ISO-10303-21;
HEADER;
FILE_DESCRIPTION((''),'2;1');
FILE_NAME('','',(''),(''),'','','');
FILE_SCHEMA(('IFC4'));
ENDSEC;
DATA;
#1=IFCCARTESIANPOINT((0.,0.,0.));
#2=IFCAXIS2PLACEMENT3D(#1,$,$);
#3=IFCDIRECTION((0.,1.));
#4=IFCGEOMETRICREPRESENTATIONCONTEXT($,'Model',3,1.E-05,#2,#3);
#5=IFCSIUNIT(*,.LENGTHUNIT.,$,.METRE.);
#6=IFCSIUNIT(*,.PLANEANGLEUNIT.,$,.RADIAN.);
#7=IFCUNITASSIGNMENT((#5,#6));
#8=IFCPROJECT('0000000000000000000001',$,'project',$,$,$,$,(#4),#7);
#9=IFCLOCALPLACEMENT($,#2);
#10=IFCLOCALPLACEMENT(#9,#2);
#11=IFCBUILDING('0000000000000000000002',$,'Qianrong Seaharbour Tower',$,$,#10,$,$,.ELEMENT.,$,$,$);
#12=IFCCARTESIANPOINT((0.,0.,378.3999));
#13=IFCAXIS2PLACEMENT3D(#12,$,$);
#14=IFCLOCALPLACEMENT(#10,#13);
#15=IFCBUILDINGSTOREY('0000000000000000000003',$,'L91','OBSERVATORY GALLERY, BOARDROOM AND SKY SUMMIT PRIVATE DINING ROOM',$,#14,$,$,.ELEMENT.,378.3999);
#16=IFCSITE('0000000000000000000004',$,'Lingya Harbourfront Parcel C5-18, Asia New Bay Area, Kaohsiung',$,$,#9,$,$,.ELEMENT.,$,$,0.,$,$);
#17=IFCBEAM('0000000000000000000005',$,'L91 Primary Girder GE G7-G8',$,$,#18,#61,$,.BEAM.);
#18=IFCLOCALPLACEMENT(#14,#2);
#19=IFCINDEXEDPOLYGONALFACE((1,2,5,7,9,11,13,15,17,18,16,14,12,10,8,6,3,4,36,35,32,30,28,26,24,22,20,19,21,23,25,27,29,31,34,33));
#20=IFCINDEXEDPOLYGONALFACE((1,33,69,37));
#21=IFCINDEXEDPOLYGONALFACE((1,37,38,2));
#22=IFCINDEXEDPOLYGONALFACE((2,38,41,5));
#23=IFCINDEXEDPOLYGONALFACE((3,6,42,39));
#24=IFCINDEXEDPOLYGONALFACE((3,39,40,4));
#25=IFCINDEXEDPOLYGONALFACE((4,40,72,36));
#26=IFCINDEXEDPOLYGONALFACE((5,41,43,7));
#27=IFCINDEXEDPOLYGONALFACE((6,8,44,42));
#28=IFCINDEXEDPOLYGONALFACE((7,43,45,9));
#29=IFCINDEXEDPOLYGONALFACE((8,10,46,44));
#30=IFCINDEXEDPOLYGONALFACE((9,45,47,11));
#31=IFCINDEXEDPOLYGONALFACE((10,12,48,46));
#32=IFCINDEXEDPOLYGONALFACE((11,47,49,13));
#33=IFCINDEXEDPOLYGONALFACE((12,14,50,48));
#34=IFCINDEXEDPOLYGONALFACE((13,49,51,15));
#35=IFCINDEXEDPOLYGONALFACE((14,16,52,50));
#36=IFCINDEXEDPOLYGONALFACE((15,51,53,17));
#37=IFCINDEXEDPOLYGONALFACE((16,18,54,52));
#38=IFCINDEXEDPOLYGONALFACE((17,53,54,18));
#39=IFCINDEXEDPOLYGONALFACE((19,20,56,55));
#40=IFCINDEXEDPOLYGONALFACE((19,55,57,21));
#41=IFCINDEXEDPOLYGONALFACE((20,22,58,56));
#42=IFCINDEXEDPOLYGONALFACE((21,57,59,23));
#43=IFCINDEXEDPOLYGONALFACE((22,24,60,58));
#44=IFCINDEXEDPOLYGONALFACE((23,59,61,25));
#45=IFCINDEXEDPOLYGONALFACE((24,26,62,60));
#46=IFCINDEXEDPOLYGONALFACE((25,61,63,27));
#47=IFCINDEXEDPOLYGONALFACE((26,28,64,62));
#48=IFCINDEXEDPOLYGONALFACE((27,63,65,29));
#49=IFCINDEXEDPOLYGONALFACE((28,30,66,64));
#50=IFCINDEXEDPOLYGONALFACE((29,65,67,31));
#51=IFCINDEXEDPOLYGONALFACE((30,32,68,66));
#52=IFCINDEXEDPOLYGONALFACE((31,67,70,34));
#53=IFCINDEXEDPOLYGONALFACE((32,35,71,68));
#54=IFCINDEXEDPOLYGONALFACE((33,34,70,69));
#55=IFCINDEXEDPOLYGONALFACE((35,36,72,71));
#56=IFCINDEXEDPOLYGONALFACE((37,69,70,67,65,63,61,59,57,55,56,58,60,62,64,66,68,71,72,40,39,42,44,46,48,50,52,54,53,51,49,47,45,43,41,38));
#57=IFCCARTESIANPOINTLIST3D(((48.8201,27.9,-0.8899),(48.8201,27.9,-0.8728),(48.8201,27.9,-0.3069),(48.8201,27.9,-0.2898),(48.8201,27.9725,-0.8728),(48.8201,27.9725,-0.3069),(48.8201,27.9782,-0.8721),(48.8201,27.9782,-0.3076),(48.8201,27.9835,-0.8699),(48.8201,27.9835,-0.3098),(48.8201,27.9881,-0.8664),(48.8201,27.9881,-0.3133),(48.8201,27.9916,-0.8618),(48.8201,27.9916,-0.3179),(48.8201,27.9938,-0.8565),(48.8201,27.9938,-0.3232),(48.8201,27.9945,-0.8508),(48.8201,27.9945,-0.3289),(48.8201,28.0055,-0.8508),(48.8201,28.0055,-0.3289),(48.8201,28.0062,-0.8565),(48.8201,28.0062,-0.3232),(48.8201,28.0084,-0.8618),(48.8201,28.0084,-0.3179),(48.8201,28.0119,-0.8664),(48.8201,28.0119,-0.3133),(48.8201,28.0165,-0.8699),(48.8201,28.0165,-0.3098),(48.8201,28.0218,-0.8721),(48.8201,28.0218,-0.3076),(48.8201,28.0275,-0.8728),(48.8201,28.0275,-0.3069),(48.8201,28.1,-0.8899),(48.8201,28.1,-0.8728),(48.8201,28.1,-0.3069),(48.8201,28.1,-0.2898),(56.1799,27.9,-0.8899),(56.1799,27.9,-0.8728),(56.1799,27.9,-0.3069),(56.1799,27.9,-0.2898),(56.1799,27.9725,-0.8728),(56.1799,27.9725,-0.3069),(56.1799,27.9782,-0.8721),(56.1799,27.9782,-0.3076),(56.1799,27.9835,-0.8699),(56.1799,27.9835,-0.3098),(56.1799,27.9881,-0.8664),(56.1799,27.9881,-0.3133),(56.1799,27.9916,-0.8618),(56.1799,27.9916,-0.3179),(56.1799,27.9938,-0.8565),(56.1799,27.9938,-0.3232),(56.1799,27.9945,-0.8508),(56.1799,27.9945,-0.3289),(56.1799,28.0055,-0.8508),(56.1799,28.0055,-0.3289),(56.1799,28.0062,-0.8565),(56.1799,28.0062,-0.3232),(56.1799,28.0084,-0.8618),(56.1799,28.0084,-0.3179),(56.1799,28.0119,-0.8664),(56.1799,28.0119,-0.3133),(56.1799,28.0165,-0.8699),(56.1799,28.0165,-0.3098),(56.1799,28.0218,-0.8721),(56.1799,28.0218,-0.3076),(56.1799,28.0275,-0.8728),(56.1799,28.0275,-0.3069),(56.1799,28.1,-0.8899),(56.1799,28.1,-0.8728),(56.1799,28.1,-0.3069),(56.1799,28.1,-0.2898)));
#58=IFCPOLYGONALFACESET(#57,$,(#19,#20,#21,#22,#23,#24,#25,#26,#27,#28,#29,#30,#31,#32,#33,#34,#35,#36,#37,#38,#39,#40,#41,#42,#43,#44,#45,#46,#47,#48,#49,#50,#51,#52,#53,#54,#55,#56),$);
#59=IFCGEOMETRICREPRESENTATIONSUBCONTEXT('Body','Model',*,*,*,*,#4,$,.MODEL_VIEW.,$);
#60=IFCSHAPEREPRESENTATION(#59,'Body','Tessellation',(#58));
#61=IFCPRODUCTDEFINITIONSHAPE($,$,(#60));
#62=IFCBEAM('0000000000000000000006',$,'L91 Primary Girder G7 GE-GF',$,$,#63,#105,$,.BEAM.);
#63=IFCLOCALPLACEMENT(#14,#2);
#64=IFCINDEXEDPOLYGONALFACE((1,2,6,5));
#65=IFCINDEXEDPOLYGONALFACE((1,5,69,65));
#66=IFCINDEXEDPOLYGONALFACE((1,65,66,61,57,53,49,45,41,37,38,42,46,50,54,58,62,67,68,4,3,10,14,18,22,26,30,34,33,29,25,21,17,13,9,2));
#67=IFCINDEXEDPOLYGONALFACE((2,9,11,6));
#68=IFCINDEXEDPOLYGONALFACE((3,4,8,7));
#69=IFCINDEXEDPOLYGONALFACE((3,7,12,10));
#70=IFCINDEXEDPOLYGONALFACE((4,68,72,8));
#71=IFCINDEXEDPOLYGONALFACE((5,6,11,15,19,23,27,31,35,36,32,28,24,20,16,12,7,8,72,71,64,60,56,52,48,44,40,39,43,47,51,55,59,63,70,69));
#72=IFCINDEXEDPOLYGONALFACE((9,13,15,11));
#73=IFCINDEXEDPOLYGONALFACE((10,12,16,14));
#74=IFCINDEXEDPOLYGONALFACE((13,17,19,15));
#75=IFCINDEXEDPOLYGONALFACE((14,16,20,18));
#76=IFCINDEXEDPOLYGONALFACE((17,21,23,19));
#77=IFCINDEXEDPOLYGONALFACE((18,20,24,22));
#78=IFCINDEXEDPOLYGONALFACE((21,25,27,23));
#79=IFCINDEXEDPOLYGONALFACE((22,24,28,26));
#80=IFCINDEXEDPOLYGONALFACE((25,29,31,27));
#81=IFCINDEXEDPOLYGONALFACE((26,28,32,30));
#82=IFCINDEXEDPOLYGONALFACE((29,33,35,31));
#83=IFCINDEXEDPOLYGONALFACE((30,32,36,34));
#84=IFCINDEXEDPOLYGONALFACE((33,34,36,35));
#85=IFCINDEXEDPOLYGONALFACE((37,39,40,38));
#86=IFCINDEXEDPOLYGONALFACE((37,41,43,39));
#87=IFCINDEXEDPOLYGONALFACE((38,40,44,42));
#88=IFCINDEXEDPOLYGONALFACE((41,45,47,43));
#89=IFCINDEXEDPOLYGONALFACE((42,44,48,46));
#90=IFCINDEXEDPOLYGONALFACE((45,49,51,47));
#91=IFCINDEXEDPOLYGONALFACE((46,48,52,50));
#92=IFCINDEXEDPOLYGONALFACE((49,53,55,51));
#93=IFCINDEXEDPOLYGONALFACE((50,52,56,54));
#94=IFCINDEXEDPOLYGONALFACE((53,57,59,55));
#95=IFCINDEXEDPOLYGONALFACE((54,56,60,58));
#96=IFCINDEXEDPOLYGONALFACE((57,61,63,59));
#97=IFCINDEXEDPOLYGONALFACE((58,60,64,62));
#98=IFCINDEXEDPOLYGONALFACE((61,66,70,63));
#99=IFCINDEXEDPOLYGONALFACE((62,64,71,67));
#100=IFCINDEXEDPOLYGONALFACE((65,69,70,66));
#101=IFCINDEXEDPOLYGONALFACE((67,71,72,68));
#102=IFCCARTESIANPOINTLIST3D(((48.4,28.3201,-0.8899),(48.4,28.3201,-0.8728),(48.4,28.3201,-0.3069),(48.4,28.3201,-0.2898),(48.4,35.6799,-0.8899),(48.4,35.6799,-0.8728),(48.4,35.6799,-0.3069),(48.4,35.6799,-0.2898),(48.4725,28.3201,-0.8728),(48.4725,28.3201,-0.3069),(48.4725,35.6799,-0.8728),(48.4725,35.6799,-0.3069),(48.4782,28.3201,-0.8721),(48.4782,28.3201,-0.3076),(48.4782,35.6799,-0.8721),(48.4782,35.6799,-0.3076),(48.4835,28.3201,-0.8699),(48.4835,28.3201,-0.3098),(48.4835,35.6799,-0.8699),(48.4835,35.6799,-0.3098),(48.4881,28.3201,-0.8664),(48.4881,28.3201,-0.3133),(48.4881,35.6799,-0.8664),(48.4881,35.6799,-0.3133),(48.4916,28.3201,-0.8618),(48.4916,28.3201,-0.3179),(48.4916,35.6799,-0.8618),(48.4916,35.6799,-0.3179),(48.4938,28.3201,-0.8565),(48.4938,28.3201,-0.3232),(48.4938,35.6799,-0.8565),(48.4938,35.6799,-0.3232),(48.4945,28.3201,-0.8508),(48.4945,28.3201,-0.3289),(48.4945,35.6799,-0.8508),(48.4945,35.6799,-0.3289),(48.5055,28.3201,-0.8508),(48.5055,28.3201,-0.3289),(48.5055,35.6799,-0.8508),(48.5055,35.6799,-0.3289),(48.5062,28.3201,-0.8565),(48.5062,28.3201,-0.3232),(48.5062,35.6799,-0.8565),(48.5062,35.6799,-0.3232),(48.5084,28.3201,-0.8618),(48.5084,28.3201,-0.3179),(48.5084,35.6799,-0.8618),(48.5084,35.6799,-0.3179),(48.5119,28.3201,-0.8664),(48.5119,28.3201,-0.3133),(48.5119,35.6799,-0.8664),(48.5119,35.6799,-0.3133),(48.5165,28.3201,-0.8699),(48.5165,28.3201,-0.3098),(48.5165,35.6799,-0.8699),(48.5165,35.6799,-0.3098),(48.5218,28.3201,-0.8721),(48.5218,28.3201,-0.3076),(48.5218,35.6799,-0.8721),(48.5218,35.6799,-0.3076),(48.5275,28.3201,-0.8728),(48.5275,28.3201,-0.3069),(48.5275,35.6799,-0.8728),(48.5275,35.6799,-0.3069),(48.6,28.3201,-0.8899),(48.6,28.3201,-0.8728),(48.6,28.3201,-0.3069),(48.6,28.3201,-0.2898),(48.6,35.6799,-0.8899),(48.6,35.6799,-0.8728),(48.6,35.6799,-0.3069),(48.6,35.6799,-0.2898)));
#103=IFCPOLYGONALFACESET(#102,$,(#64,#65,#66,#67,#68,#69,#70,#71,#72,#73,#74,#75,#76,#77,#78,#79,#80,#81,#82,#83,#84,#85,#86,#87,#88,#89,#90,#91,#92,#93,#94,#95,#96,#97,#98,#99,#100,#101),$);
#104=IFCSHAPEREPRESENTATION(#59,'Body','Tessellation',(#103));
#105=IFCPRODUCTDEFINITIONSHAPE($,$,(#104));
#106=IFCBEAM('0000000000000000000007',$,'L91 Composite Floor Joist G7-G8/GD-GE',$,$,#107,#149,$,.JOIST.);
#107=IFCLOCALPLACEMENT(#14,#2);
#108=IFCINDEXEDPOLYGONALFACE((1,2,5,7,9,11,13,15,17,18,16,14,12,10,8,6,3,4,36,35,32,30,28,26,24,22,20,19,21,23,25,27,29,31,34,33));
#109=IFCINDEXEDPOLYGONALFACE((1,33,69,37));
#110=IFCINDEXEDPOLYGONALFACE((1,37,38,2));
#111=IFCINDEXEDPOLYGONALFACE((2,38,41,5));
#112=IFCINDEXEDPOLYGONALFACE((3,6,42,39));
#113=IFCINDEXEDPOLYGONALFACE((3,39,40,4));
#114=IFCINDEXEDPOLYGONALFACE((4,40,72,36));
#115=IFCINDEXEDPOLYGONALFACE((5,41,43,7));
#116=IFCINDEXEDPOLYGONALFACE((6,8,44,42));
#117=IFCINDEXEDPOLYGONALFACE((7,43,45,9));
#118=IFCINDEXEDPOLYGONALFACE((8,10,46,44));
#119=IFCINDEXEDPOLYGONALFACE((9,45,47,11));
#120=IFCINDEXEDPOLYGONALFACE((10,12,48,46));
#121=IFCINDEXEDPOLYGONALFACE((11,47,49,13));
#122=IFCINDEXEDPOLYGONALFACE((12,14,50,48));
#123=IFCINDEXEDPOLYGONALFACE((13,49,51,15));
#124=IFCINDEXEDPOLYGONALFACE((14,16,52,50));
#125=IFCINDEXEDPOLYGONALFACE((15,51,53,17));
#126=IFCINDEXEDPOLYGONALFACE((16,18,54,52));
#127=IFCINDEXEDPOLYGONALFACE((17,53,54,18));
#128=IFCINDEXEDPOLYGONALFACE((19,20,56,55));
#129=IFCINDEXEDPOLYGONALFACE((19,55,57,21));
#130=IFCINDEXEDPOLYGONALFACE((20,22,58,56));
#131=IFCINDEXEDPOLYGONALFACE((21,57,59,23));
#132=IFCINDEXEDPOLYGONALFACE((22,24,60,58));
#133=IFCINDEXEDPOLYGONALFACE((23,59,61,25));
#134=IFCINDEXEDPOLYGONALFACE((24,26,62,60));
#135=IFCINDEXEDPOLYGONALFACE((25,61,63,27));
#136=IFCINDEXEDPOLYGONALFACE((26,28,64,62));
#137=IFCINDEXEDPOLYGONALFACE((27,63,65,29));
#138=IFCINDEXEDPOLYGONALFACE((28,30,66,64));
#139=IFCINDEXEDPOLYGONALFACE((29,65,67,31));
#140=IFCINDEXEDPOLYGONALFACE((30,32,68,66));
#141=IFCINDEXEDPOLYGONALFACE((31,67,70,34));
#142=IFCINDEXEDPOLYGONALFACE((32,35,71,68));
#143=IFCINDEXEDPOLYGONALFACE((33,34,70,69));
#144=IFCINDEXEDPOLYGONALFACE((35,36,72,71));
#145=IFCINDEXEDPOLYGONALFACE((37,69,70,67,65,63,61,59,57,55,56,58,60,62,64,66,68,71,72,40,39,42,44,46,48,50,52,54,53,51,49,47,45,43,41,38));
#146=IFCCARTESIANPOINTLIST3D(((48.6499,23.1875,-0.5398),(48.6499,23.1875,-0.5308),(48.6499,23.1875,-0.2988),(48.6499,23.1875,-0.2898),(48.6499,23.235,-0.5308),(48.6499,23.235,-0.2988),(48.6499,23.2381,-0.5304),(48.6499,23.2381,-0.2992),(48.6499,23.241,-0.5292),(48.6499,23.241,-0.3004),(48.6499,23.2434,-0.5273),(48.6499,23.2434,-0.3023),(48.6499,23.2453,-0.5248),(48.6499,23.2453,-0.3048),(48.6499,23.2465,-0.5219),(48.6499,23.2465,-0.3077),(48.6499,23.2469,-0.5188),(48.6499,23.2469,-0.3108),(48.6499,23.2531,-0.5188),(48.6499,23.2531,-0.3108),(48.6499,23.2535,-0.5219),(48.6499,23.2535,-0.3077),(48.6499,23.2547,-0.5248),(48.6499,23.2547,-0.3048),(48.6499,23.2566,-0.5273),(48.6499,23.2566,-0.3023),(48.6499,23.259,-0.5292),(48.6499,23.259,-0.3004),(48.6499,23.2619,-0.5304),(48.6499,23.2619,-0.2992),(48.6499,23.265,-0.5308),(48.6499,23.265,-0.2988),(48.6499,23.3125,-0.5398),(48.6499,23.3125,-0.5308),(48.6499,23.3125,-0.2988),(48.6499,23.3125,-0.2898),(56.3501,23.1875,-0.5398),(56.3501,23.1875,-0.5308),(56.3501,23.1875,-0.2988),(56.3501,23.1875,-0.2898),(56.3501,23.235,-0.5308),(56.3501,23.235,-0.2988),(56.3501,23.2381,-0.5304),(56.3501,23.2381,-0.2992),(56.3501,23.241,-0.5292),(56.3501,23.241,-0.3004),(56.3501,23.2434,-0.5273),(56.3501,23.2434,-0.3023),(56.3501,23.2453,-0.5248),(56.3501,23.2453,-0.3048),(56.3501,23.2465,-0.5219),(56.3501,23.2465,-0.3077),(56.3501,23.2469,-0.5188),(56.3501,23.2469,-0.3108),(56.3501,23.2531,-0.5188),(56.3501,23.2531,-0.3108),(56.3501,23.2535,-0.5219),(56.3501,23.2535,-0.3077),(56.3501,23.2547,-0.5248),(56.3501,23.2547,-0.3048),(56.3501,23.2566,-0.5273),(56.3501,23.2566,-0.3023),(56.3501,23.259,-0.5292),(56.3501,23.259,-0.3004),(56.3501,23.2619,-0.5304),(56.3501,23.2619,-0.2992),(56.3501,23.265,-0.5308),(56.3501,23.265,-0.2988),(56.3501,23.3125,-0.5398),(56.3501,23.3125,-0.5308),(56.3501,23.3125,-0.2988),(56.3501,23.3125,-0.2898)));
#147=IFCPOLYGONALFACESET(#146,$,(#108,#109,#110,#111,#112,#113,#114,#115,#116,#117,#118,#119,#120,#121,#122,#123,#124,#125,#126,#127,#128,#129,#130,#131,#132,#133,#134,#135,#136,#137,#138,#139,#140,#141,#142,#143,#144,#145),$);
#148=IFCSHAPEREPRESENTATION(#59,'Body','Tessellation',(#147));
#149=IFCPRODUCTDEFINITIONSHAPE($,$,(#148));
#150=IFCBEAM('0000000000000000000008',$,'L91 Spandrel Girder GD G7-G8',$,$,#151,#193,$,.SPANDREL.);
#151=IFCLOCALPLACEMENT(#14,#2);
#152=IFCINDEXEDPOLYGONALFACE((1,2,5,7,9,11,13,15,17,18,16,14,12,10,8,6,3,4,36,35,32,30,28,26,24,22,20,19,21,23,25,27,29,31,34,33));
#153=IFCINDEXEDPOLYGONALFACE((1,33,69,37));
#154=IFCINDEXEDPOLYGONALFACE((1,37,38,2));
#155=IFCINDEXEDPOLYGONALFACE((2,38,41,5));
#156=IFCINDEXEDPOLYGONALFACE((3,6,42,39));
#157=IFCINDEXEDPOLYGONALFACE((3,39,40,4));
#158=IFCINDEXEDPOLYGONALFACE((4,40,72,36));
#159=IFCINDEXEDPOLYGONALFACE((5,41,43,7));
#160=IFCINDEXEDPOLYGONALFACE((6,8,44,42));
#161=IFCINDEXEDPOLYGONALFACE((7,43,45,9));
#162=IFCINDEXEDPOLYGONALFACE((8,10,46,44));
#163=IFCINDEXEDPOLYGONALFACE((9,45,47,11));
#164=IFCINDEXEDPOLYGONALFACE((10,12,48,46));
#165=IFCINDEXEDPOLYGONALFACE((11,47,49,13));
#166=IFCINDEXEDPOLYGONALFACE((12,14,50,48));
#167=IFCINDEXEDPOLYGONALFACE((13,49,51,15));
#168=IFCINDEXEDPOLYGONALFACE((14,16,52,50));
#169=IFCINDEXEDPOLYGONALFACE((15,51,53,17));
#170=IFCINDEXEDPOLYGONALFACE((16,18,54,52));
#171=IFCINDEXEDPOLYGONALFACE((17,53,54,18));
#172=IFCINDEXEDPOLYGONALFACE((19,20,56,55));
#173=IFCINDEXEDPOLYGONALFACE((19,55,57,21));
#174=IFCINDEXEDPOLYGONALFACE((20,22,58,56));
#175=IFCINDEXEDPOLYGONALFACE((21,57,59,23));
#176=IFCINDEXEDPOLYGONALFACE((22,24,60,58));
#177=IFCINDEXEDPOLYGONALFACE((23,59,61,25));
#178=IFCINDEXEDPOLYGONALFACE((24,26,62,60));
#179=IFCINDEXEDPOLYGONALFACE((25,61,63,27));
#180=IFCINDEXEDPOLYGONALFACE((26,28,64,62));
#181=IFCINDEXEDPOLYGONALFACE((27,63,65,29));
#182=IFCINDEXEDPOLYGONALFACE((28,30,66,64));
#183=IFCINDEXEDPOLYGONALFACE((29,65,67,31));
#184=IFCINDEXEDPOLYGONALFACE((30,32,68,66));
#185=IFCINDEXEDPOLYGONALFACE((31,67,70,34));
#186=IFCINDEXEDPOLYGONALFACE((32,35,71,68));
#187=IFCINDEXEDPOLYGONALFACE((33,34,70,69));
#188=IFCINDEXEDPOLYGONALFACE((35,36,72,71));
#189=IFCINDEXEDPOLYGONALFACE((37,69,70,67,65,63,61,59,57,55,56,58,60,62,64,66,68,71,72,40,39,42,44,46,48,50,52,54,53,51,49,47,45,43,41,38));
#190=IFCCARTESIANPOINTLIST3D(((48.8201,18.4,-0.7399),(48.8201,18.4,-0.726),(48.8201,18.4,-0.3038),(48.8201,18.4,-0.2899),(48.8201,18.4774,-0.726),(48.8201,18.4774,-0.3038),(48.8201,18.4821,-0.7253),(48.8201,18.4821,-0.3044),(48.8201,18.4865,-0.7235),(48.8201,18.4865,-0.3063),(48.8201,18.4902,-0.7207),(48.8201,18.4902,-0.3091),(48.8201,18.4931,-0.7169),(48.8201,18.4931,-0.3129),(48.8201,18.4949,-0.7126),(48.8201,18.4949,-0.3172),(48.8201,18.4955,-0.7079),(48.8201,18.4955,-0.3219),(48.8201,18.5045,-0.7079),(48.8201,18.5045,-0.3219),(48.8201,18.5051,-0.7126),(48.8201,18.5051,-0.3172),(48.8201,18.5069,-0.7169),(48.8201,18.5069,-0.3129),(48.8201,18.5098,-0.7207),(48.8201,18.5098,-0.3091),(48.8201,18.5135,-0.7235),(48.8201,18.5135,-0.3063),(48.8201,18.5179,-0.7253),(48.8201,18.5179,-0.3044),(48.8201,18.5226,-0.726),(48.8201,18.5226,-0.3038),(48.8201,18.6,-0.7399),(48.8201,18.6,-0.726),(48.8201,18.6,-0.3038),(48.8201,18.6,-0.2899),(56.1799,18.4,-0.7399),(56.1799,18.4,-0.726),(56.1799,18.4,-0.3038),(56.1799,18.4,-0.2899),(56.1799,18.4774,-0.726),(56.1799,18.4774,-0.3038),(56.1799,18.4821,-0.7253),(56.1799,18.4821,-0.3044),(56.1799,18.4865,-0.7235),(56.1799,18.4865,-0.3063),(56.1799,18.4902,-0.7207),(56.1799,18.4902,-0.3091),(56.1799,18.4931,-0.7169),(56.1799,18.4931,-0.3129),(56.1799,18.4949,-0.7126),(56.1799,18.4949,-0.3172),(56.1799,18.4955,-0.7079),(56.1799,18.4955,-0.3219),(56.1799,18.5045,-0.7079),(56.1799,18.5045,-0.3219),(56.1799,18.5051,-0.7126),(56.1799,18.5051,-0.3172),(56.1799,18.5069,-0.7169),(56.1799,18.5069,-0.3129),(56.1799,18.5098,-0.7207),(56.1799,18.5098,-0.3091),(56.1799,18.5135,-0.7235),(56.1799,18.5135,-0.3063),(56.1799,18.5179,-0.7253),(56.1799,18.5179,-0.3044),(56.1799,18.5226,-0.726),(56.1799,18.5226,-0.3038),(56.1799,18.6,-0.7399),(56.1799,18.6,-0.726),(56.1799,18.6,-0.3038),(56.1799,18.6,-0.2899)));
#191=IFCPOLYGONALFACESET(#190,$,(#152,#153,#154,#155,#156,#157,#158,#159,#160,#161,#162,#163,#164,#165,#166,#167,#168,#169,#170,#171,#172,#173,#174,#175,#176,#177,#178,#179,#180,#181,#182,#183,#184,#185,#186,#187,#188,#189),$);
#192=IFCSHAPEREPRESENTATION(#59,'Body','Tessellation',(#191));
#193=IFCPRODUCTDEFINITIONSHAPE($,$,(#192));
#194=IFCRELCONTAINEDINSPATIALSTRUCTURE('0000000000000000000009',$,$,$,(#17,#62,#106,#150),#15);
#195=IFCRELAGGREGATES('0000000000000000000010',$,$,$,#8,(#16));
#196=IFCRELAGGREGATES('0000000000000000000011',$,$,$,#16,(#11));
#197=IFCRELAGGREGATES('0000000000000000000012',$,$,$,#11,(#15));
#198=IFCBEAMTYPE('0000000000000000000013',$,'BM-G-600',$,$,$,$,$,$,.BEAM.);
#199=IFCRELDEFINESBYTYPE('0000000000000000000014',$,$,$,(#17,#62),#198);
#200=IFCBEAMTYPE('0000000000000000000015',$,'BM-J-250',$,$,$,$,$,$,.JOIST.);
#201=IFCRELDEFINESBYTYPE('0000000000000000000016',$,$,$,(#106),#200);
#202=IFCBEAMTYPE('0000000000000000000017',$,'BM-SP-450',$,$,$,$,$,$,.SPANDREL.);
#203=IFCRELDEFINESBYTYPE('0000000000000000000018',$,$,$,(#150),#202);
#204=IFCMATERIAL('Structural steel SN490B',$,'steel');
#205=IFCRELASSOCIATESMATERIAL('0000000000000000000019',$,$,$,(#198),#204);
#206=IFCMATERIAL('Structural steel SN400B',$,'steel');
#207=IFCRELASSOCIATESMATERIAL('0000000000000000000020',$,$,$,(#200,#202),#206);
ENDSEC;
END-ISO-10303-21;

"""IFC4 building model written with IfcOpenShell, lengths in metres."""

from ifc_helpers import new_model, si_unit, direction, frame, origin, origin_2d, place, context, subcontext, project, spatial, i_section, extrude, material, material_profile, profile_set, type_object, element, save


model = new_model("IFC4")

# Units and contexts
model_context = context("Model", 3, precision=1e-05, world=origin(), true_north=direction((0.0, 1.0)))
body_context = subcontext(model_context, "Body", "Model", "MODEL_VIEW")
ifc_project = project(units=[si_unit("LENGTHUNIT", "METRE"), si_unit("PLANEANGLEUNIT", "RADIAN")], contexts=[model_context])

# Site, building, storey
site_placement = place(None, origin())
site = spatial("IfcSite", under=ifc_project, at=site_placement, Name="Lingya Harbourfront Parcel C5-18, Asia New Bay Area, Kaohsiung", CompositionType="ELEMENT", RefElevation=0.0)
building_placement = place(site_placement, origin())
building = spatial("IfcBuilding", under=site, at=building_placement, Name="Qianrong Seaharbour Tower", CompositionType="ELEMENT")
storey_placement = place(building_placement, frame((0.0, 0.0, 378.3999)))
storey = spatial("IfcBuildingStorey", under=building, at=storey_placement, Name="L91", Description="OBSERVATORY GALLERY, BOARDROOM AND SKY SUMMIT PRIVATE DINING ROOM", CompositionType="ELEMENT", Elevation=378.3999)

# Beams
ifc_material_1 = material(Name="Structural steel SN490B", Category="steel")
ifc_material_profile_1 = material_profile(ifc_material_1, i_section(OverallWidth=0.2, OverallDepth=0.6001, WebThickness=0.011, FlangeThickness=0.0171, FilletRadius=0.022, at=origin_2d()), Name="H600x200x11x17")
ifc_profile_set_1 = profile_set([ifc_material_profile_1], Name="Structural steel SN490B")
beam_type_1 = type_object("IfcBeamType", Name="BM-G-600", PredefinedType="BEAM", material=ifc_profile_set_1)
for number, where, z_axis, x_axis, name in (
    (1, (48.8201, 28.0, -0.5898), (1.0, 0.0, 0.0), (0.0, 1.0, 0.0), "L91 Primary Girder GE G7-G8"),
    (2, (48.5, 28.3201, -0.5898), (0.0, 1.0, 0.0), (-1.0, 0.0, 0.0), "L91 Primary Girder G7 GE-GF"),
):
    element("IfcBeam", number, at=place(storey_placement, frame(where, z_axis=z_axis, x_axis=x_axis)), inside=storey, type_object=beam_type_1, Name=name, PredefinedType="BEAM", context=body_context, shape_type="SweptSolid", body=[
        extrude(i_section(OverallWidth=0.2, OverallDepth=0.6001, WebThickness=0.011, FlangeThickness=0.0171, FilletRadius=0.022, at=origin_2d()), origin(), (0.0, 0.0, 1.0), 7.3599),
    ])
ifc_material_2 = material(Name="Structural steel SN400B", Category="steel")
ifc_material_profile_2 = material_profile(ifc_material_2, i_section(OverallWidth=0.125, OverallDepth=0.25, WebThickness=0.0061, FlangeThickness=0.009, FilletRadius=0.012, at=origin_2d()), Name="H250x125x6x9")
ifc_profile_set_2 = profile_set([ifc_material_profile_2], Name="Structural steel SN400B")
beam_type_2 = type_object("IfcBeamType", Name="BM-J-250", PredefinedType="JOIST", material=ifc_profile_set_2)
beam_1_placement = place(storey_placement, frame((48.6499, 23.25, -0.4148), z_axis=(1.0, 0.0, 0.0), x_axis=(0.0, 1.0, 0.0)))
element("IfcBeam", 3, at=beam_1_placement, inside=storey, type_object=beam_type_2, Name="L91 Composite Floor Joist G7-G8/GD-GE", PredefinedType="JOIST", context=body_context, shape_type="SweptSolid", body=[
    extrude(i_section(OverallWidth=0.125, OverallDepth=0.25, WebThickness=0.0061, FlangeThickness=0.009, FilletRadius=0.012, at=origin_2d()), origin(), (0.0, 0.0, 1.0), 7.7002),
])
ifc_material_profile_3 = material_profile(ifc_material_2, i_section(OverallWidth=0.2, OverallDepth=0.45, WebThickness=0.009, FlangeThickness=0.0139, FilletRadius=0.0181, at=origin_2d()), Name="H450x200x9x14")
ifc_profile_set_3 = profile_set([ifc_material_profile_3], Name="Structural steel SN400B")
beam_type_3 = type_object("IfcBeamType", Name="BM-SP-450", PredefinedType="SPANDREL", material=ifc_profile_set_3)
beam_2_placement = place(storey_placement, frame((48.8201, 18.5, -0.5149), z_axis=(1.0, 0.0, 0.0), x_axis=(0.0, 1.0, 0.0)))
element("IfcBeam", 4, at=beam_2_placement, inside=storey, type_object=beam_type_3, Name="L91 Spandrel Girder GD G7-G8", PredefinedType="SPANDREL", context=body_context, shape_type="SweptSolid", body=[
    extrude(i_section(OverallWidth=0.2, OverallDepth=0.45, WebThickness=0.009, FlangeThickness=0.0139, FilletRadius=0.0181, at=origin_2d()), origin(), (0.0, 0.0, 1.0), 7.3599),
])

save(model, "model.ifc")
